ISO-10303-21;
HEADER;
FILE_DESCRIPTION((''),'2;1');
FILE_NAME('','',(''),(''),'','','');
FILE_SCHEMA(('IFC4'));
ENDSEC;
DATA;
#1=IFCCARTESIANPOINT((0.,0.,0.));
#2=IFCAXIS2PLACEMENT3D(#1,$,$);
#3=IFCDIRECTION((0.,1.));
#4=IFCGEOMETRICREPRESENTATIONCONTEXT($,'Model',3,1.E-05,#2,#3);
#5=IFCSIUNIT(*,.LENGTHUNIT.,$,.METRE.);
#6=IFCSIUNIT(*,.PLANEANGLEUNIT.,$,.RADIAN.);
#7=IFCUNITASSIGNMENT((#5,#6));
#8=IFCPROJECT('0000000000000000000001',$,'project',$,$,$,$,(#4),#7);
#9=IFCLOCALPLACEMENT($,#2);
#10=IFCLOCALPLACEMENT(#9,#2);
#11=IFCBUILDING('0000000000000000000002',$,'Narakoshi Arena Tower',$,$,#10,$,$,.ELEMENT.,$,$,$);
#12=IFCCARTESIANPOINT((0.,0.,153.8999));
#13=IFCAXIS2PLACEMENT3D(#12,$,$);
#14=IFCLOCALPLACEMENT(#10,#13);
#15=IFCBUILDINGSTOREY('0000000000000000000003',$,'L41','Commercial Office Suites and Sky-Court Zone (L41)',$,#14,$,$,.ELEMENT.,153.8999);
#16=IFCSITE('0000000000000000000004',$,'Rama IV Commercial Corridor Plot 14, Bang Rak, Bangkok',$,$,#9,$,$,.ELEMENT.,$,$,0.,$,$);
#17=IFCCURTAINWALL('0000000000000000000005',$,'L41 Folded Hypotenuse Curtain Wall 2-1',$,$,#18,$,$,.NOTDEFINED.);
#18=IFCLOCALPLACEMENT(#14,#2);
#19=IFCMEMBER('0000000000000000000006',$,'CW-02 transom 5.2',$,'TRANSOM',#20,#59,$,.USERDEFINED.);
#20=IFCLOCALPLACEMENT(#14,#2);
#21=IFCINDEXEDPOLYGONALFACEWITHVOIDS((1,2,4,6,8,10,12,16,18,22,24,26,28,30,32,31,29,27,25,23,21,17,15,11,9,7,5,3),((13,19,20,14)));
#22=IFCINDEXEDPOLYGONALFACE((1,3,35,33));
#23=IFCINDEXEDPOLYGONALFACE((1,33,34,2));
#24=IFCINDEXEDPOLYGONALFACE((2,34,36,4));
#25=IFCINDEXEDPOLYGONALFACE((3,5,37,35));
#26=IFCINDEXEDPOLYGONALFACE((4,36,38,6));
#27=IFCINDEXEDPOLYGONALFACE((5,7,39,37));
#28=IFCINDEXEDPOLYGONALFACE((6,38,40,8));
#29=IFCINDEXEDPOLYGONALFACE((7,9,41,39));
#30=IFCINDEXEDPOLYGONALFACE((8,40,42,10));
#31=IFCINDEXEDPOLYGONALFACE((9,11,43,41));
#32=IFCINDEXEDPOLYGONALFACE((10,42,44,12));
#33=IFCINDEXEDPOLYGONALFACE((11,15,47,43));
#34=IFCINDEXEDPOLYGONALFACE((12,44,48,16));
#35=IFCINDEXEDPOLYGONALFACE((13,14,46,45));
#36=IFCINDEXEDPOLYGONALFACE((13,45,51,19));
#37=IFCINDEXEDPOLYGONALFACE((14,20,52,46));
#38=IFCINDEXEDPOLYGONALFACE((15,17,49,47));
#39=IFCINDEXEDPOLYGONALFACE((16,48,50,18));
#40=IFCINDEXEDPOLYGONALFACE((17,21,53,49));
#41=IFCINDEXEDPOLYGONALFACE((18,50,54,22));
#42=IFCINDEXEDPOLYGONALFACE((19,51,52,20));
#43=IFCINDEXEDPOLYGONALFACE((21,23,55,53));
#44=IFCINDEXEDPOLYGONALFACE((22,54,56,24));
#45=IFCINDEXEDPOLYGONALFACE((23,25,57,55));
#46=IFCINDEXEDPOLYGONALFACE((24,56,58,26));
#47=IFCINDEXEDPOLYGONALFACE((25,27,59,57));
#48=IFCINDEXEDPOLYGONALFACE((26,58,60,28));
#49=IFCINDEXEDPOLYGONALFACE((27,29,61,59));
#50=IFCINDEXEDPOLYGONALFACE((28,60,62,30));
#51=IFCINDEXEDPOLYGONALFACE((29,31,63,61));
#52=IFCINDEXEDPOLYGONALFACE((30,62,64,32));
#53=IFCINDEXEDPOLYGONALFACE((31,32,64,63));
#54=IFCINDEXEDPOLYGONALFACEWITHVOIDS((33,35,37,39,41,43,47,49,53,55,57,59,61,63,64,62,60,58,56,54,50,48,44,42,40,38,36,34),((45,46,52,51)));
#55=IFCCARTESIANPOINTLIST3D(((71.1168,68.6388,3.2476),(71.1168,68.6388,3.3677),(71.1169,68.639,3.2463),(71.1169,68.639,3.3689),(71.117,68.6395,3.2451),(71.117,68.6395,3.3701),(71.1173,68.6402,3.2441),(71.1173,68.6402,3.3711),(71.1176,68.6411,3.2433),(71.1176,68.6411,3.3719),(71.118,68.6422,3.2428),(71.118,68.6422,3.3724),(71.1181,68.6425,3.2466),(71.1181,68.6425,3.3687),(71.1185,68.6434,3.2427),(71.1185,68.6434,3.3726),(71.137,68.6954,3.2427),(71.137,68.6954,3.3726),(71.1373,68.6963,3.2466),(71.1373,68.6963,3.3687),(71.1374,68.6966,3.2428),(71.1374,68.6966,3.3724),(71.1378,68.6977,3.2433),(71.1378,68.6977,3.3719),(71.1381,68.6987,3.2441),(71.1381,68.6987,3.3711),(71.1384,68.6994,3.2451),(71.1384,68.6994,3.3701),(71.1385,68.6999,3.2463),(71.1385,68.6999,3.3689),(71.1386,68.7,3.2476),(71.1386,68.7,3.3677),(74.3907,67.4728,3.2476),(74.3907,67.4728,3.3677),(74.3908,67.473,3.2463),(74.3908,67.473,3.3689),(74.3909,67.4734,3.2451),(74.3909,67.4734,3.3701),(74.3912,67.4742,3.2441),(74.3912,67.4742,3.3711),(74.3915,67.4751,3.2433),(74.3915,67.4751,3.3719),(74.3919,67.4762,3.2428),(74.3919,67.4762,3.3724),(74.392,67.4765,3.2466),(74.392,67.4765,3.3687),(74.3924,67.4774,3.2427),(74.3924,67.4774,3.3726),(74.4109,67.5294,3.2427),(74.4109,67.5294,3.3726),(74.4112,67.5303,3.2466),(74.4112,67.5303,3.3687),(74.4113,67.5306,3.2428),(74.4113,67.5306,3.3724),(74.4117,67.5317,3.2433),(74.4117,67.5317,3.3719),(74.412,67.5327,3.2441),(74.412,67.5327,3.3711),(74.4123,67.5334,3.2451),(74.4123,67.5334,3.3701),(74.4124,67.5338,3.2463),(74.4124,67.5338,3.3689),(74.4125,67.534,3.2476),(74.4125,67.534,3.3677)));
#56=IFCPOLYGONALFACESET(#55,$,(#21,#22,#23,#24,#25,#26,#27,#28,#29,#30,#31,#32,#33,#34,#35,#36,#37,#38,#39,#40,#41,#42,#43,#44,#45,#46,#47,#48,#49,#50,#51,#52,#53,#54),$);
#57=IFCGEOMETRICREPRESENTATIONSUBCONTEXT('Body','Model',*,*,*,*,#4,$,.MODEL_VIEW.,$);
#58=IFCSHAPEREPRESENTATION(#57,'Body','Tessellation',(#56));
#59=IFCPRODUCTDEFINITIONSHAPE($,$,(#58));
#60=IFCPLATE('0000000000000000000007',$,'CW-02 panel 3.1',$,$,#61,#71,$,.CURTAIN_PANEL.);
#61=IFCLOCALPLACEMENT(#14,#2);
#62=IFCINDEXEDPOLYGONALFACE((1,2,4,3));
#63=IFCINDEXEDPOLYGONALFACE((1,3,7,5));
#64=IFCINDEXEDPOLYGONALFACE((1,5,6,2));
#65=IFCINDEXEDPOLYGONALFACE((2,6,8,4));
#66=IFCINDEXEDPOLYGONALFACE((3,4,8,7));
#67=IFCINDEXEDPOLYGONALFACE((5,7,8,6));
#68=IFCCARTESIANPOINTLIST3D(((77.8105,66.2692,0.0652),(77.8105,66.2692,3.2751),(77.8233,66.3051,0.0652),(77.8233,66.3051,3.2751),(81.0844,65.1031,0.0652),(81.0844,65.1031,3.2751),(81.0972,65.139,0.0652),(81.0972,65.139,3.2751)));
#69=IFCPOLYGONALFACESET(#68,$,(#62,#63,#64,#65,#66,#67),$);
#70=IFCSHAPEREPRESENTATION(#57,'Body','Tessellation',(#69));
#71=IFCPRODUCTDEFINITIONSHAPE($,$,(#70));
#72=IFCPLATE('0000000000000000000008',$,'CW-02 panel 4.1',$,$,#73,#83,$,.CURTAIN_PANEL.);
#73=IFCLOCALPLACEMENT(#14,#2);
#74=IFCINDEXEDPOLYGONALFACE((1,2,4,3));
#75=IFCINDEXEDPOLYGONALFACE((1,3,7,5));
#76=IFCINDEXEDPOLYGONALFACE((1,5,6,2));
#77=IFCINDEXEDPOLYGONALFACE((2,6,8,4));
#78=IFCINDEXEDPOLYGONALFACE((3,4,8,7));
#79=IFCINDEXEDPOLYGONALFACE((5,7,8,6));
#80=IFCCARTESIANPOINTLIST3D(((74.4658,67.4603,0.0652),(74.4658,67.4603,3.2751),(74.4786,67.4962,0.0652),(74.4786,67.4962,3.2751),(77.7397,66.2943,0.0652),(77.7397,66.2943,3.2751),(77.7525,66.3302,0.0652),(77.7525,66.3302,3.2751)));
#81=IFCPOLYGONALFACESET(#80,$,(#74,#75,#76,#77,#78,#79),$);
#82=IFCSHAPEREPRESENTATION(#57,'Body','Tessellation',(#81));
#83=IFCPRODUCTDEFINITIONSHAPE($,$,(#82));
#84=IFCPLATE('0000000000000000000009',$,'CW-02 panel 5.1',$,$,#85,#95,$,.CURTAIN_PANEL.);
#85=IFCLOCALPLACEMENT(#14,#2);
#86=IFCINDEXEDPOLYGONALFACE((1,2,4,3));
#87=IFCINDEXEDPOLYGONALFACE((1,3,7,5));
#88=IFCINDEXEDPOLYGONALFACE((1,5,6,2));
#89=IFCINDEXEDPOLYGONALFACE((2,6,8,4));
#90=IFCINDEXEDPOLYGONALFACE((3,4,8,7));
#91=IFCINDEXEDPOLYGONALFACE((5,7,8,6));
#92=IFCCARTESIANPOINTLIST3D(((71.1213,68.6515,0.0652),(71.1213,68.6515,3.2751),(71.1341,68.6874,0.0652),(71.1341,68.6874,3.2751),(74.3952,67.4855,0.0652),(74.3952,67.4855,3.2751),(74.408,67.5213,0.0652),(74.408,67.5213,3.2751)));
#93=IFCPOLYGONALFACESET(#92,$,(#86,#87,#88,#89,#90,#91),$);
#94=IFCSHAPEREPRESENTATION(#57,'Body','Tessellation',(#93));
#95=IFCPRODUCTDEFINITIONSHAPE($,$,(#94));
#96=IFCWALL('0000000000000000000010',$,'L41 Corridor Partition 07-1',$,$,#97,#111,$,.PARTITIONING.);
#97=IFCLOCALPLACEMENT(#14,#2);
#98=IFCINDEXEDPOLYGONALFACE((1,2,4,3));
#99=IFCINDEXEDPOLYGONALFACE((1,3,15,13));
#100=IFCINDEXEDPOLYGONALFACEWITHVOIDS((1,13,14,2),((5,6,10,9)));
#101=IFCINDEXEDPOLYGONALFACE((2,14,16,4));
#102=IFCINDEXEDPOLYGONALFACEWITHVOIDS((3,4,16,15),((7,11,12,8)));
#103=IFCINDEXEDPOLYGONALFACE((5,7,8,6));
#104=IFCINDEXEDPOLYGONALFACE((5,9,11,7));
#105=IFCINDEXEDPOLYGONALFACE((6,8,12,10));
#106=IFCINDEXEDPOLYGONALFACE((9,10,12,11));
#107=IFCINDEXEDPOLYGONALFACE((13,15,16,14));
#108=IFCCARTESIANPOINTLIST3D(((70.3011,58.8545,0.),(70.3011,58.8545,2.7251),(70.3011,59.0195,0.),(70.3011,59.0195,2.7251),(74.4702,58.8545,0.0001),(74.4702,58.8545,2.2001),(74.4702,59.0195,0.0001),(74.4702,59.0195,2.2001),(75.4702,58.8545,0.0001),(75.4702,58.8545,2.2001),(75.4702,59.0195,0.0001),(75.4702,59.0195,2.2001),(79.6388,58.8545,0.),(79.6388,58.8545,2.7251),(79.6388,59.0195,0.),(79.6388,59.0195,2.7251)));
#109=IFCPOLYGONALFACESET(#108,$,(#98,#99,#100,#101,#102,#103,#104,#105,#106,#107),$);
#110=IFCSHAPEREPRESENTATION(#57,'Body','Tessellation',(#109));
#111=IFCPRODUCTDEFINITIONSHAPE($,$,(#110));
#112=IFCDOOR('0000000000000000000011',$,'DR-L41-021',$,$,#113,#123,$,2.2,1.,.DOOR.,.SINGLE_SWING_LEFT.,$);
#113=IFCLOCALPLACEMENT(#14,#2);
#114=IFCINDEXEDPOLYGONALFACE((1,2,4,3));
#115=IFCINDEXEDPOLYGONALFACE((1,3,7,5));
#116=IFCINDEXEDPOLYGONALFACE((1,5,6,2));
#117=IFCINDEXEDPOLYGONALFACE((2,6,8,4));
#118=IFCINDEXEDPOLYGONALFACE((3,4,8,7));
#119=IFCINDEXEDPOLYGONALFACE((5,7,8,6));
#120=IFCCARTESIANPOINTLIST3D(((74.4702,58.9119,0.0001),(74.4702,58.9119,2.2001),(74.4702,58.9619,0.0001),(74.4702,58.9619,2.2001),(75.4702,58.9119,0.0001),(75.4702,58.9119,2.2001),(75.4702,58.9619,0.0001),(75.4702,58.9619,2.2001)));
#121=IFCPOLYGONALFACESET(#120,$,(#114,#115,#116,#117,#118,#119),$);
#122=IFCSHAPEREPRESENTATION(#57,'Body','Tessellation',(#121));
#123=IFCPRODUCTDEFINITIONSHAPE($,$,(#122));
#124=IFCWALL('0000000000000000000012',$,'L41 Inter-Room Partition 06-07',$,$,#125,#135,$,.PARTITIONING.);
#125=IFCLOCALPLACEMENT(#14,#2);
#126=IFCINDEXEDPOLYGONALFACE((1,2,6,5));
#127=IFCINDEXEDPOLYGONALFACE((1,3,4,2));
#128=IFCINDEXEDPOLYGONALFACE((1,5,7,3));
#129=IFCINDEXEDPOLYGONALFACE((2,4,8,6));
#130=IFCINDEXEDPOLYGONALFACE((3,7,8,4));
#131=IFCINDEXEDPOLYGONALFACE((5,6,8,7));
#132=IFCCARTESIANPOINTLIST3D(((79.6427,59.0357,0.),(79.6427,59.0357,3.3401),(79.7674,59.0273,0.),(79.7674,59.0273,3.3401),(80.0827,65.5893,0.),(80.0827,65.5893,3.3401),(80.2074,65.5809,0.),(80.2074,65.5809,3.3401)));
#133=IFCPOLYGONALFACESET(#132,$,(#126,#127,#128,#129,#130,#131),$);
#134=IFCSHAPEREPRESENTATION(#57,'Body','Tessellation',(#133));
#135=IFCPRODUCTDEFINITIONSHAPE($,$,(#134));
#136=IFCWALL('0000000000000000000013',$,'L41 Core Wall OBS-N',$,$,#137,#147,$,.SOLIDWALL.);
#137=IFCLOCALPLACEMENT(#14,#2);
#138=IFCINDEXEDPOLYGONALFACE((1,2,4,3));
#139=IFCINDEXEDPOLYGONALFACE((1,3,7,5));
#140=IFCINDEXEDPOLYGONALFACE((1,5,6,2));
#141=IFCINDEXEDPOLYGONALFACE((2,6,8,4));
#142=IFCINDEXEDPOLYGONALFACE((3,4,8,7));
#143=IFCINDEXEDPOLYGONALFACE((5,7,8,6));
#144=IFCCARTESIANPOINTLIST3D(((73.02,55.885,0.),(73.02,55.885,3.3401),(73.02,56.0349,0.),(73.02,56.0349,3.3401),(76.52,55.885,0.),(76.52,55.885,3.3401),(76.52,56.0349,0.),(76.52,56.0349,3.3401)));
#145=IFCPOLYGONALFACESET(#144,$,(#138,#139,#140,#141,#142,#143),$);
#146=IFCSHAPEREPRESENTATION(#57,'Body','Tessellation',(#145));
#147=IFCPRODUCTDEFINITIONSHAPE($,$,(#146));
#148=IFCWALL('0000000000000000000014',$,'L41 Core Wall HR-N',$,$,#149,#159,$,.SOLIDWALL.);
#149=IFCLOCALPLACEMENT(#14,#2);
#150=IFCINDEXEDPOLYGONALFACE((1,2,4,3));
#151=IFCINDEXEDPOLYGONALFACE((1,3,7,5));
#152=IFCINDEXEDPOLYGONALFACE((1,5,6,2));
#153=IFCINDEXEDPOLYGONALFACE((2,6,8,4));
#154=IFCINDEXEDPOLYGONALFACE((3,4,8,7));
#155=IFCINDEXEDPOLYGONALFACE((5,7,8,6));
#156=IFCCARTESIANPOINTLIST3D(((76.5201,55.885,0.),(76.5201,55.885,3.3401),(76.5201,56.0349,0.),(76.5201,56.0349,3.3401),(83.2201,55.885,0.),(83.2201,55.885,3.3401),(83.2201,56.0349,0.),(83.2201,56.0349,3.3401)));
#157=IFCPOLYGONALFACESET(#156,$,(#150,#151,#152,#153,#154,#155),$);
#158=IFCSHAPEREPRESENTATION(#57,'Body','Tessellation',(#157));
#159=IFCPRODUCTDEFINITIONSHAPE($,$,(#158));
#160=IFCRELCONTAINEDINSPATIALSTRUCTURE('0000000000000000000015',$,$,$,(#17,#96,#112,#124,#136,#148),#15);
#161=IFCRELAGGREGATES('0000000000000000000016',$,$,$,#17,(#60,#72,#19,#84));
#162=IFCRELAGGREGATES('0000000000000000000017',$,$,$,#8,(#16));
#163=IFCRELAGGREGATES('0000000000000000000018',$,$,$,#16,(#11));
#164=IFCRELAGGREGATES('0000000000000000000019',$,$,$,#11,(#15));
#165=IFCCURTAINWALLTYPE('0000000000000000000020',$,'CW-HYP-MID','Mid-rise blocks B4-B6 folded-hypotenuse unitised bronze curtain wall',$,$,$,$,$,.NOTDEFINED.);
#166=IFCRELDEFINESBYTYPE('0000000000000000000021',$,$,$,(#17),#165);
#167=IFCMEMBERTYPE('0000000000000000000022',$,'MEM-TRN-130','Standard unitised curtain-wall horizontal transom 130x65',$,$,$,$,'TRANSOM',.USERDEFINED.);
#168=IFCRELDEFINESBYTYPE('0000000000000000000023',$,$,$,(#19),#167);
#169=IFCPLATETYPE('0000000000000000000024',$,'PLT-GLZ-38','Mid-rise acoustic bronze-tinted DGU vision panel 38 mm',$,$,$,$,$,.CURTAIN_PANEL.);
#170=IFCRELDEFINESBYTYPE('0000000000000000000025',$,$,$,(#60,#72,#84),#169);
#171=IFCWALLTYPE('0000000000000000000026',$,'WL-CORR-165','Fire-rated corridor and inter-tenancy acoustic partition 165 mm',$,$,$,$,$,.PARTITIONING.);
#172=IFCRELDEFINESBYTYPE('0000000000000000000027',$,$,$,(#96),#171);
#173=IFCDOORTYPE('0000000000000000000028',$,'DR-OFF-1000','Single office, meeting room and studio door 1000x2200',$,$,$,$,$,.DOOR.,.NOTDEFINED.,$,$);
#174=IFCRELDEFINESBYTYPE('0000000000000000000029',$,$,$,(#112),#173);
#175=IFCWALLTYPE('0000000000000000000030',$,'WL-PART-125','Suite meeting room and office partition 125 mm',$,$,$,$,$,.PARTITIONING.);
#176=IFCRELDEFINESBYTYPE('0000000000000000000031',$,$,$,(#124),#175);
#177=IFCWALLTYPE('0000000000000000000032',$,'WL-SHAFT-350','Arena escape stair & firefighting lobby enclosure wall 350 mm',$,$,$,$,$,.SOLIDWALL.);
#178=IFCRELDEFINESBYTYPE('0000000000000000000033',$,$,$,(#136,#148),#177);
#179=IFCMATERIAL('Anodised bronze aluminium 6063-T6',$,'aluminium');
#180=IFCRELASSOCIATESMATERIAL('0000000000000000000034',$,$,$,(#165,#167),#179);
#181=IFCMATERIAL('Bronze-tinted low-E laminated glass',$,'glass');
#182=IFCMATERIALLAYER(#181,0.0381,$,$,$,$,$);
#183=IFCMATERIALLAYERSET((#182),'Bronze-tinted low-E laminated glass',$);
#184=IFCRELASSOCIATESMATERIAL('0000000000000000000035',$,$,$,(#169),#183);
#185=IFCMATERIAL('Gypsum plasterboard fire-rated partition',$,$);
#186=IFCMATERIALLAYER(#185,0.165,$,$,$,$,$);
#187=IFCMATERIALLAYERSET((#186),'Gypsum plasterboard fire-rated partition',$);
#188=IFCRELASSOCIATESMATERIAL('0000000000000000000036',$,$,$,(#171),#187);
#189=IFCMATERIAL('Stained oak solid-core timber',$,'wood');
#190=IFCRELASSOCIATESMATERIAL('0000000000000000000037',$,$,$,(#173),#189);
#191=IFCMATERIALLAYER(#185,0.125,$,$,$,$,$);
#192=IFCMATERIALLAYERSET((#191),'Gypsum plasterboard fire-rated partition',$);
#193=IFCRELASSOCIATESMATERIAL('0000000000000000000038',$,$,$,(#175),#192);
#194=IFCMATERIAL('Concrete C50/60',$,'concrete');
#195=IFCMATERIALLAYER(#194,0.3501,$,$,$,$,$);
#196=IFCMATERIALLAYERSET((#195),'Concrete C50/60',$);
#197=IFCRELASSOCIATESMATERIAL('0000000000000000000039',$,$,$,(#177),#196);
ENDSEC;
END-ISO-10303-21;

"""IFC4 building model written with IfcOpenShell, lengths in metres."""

from ifc_helpers import new_model, si_unit, direction, frame, frame_2d, origin, origin_2d, place, context, subcontext, project, spatial, rectangle, hollow_rectangle, extrude, material, layer, layer_set, material_profile, profile_set, type_object, element, fill, aggregate, save


model = new_model("IFC4")

# Units and contexts
model_context = context("Model", 3, precision=1e-05, world=origin(), true_north=direction((0.0, 1.0)))
body_context = subcontext(model_context, "Body", "Model", "MODEL_VIEW")
ifc_project = project(units=[si_unit("LENGTHUNIT", "METRE"), si_unit("PLANEANGLEUNIT", "RADIAN")], contexts=[model_context])

# Site, building, storey
site_placement = place(None, origin())
site = spatial("IfcSite", under=ifc_project, at=site_placement, Name="Rama IV Commercial Corridor Plot 14, Bang Rak, Bangkok", CompositionType="ELEMENT", RefElevation=0.0)
building_placement = place(site_placement, origin())
building = spatial("IfcBuilding", under=site, at=building_placement, Name="Narakoshi Arena Tower", CompositionType="ELEMENT")
storey_placement = place(building_placement, frame((0.0, 0.0, 153.8999)))
storey = spatial("IfcBuildingStorey", under=building, at=storey_placement, Name="L41", Description="Commercial Office Suites and Sky-Court Zone (L41)", CompositionType="ELEMENT", Elevation=153.8999)

# Curtain wall, member, plates
ifc_material_1 = material(Name="Anodised bronze aluminium 6063-T6", Category="aluminium")
curtain_wall_type = type_object("IfcCurtainWallType", Name="CW-HYP-MID", Description="Mid-rise blocks B4-B6 folded-hypotenuse unitised bronze curtain wall", PredefinedType="NOTDEFINED", material=ifc_material_1)
curtain_wall_placement = place(storey_placement, origin())
curtain_wall = element("IfcCurtainWall", 1, at=curtain_wall_placement, inside=storey, type_object=curtain_wall_type, Name="L41 Folded Hypotenuse Curtain Wall 2-1", PredefinedType="NOTDEFINED")
ifc_material_profile_1 = material_profile(ifc_material_1, hollow_rectangle(XDim=0.0649, YDim=0.1299, WallThickness=0.0039, OuterFilletRadius=0.0049, at=origin_2d()), Name="TRN130x65x4")
ifc_profile_set_1 = profile_set([ifc_material_profile_1], Name="Anodised bronze aluminium 6063-T6")
member_type_1 = type_object("IfcMemberType", Name="MEM-TRN-130", Description="Standard unitised curtain-wall horizontal transom 130x65", ElementType="TRANSOM", PredefinedType="USERDEFINED", material=ifc_profile_set_1)
member_1_placement = place(storey_placement, frame((74.4016, 67.5034, 3.3076), z_axis=(-0.942037, 0.335509, 0.0), x_axis=(-0.335509, -0.942037, 0.0)))
member_1 = element("IfcMember", 2, at=member_1_placement, type_object=member_type_1, Name="CW-02 transom 5.2", ObjectType="TRANSOM", PredefinedType="USERDEFINED", context=body_context, shape_type="SweptSolid", body=[
    extrude(hollow_rectangle(XDim=0.0649, YDim=0.1299, WallThickness=0.0039, OuterFilletRadius=0.0049, at=origin_2d()), origin(), (0.0, 0.0, 1.0), 3.4753),
])
ifc_material_2 = material(Name="Bronze-tinted low-E laminated glass", Category="glass")
ifc_layer_1 = layer(ifc_material_2, 0.0381)
ifc_layer_set_1 = layer_set([ifc_layer_1], Name="Bronze-tinted low-E laminated glass")
plate_type = type_object("IfcPlateType", Name="PLT-GLZ-38", Description="Mid-rise acoustic bronze-tinted DGU vision panel 38 mm", PredefinedType="CURTAIN_PANEL", material=ifc_layer_set_1)
plate_1_placement = place(storey_placement, frame((79.4539, 65.7041, 0.0652), z_axis=(0.0, 0.0, 1.0), x_axis=(-0.942034, 0.335518, 0.0)))
plate_1 = element("IfcPlate", 3, at=plate_1_placement, type_object=plate_type, Name="CW-02 panel 3.1", PredefinedType="CURTAIN_PANEL", context=body_context, shape_type="SweptSolid", body=[
    extrude(rectangle(XDim=3.4753, YDim=0.0381, at=origin_2d()), origin(), (0.0, 0.0, 1.0), 3.21),
])
plate_2_placement = place(storey_placement, frame((76.1091, 66.8953, 0.0652), z_axis=(0.0, 0.0, 1.0), x_axis=(-0.942034, 0.335518, 0.0)))
plate_2 = element("IfcPlate", 4, at=plate_2_placement, type_object=plate_type, Name="CW-02 panel 4.1", PredefinedType="CURTAIN_PANEL", context=body_context, shape_type="SweptSolid", body=[
    extrude(rectangle(XDim=3.4753, YDim=0.0381, at=origin_2d()), origin(), (0.0, 0.0, 1.0), 3.21),
])
plate_3_placement = place(storey_placement, frame((72.7646, 68.0864, 0.0652), z_axis=(0.0, 0.0, 1.0), x_axis=(-0.942034, 0.335518, 0.0)))
plate_3 = element("IfcPlate", 5, at=plate_3_placement, type_object=plate_type, Name="CW-02 panel 5.1", PredefinedType="CURTAIN_PANEL", context=body_context, shape_type="SweptSolid", body=[
    extrude(rectangle(XDim=3.4753, YDim=0.0381, at=origin_2d()), origin(), (0.0, 0.0, 1.0), 3.21),
])
aggregate(curtain_wall, [plate_1, plate_2, member_1, plate_3])

# Wall, opening, door
ifc_material_3 = material(Name="Gypsum plasterboard fire-rated partition")
ifc_layer_2 = layer(ifc_material_3, 0.165)
ifc_layer_set_2 = layer_set([ifc_layer_2], Name="Gypsum plasterboard fire-rated partition")
wall_type_1 = type_object("IfcWallType", Name="WL-CORR-165", Description="Fire-rated corridor and inter-tenancy acoustic partition 165 mm", PredefinedType="PARTITIONING", material=ifc_layer_set_2)
wall_1_placement = place(storey_placement, frame((79.6389, 58.937, 0.0), z_axis=(0.0, 0.0, 1.0), x_axis=(-1.0, 0.0, 0.0)))
wall_1 = element("IfcWall", 6, at=wall_1_placement, inside=storey, type_object=wall_type_1, Name="L41 Corridor Partition 07-1", PredefinedType="PARTITIONING", context=body_context, shape_type="SweptSolid", body=[
    extrude(rectangle(XDim=9.3376, YDim=0.165, at=frame_2d((4.6689, 0.0))), origin(), (0.0, 0.0, 1.0), 2.7251),
])
opening_placement = place(wall_1_placement, frame((4.1687, 0.0, 0.0)))
opening = element("IfcOpeningElement", 7, at=opening_placement, cuts=wall_1, PredefinedType="OPENING", context=body_context, shape_type="SweptSolid", body=[
    extrude(rectangle(XDim=1.0, YDim=2.2, at=frame_2d((0.5, 1.1001))), frame((0.0, 0.0925, 0.0), z_axis=(0.0, -1.0, 0.0), x_axis=(1.0, 0.0, 0.0)), (0.0, 0.0, 1.0), 0.1851),
])
ifc_material_4 = material(Name="Stained oak solid-core timber", Category="wood")
door_type = type_object("IfcDoorType", Name="DR-OFF-1000", Description="Single office, meeting room and studio door 1000x2200", OperationType="NOTDEFINED", PredefinedType="DOOR", material=ifc_material_4)
door_placement = place(opening_placement, frame((1.0, 0.0, 0.0), z_axis=(0.0, 0.0, 1.0), x_axis=(-1.0, 0.0, 0.0)))
door = element("IfcDoor", 8, at=door_placement, inside=storey, type_object=door_type, Name="DR-L41-021", OperationType="SINGLE_SWING_LEFT", OverallHeight=2.2, OverallWidth=1.0, PredefinedType="DOOR", context=body_context, shape_type="SweptSolid", body=[
    extrude(rectangle(XDim=1.0, YDim=2.2, at=frame_2d((0.5, 1.1001))), frame((0.0, 0.0249, 0.0), z_axis=(0.0, -1.0, 0.0), x_axis=(1.0, 0.0, 0.0)), (0.0, 0.0, 1.0), 0.05),
])
fill(opening, door)

# Walls
ifc_layer_3 = layer(ifc_material_3, 0.125)
ifc_layer_set_3 = layer_set([ifc_layer_3], Name="Gypsum plasterboard fire-rated partition")
wall_type_2 = type_object("IfcWallType", Name="WL-PART-125", Description="Suite meeting room and office partition 125 mm", PredefinedType="PARTITIONING", material=ifc_layer_set_3)
wall_2_placement = place(storey_placement, frame((79.7051, 59.0315, 0.0), z_axis=(0.0, 0.0, 1.0), x_axis=(0.066978, 0.997754, 0.0)))
element("IfcWall", 9, at=wall_2_placement, inside=storey, type_object=wall_type_2, Name="L41 Inter-Room Partition 06-07", PredefinedType="PARTITIONING", context=body_context, shape_type="SweptSolid", body=[
    extrude(rectangle(XDim=6.5684, YDim=0.125, at=frame_2d((3.2842, 0.0))), origin(), (0.0, 0.0, 1.0), 3.3401),
])
ifc_material_5 = material(Name="Concrete C50/60", Category="concrete")
ifc_layer_4 = layer(ifc_material_5, 0.3501)
ifc_layer_set_4 = layer_set([ifc_layer_4], Name="Concrete C50/60")
wall_type_3 = type_object("IfcWallType", Name="WL-SHAFT-350", Description="Arena escape stair & firefighting lobby enclosure wall 350 mm", PredefinedType="SOLIDWALL", material=ifc_layer_set_4)
wall_3_placement = place(storey_placement, frame((73.02, 55.96, 0.0), z_axis=(0.0, 0.0, 1.0), x_axis=(1.0, 0.0, 0.0)))
element("IfcWall", 10, at=wall_3_placement, inside=storey, type_object=wall_type_3, Name="L41 Core Wall OBS-N", PredefinedType="SOLIDWALL", context=body_context, shape_type="SweptSolid", body=[
    extrude(rectangle(XDim=3.5, YDim=0.1499, at=frame_2d((1.75, 0.0))), origin(), (0.0, 0.0, 1.0), 3.3401),
])
wall_4_placement = place(storey_placement, frame((76.52, 55.96, 0.0), z_axis=(0.0, 0.0, 1.0), x_axis=(1.0, 0.0, 0.0)))
element("IfcWall", 11, at=wall_4_placement, inside=storey, type_object=wall_type_3, Name="L41 Core Wall HR-N", PredefinedType="SOLIDWALL", context=body_context, shape_type="SweptSolid", body=[
    extrude(rectangle(XDim=6.7, YDim=0.1499, at=frame_2d((3.3501, 0.0))), origin(), (0.0, 0.0, 1.0), 3.3401),
])

save(model, "model.ifc")
